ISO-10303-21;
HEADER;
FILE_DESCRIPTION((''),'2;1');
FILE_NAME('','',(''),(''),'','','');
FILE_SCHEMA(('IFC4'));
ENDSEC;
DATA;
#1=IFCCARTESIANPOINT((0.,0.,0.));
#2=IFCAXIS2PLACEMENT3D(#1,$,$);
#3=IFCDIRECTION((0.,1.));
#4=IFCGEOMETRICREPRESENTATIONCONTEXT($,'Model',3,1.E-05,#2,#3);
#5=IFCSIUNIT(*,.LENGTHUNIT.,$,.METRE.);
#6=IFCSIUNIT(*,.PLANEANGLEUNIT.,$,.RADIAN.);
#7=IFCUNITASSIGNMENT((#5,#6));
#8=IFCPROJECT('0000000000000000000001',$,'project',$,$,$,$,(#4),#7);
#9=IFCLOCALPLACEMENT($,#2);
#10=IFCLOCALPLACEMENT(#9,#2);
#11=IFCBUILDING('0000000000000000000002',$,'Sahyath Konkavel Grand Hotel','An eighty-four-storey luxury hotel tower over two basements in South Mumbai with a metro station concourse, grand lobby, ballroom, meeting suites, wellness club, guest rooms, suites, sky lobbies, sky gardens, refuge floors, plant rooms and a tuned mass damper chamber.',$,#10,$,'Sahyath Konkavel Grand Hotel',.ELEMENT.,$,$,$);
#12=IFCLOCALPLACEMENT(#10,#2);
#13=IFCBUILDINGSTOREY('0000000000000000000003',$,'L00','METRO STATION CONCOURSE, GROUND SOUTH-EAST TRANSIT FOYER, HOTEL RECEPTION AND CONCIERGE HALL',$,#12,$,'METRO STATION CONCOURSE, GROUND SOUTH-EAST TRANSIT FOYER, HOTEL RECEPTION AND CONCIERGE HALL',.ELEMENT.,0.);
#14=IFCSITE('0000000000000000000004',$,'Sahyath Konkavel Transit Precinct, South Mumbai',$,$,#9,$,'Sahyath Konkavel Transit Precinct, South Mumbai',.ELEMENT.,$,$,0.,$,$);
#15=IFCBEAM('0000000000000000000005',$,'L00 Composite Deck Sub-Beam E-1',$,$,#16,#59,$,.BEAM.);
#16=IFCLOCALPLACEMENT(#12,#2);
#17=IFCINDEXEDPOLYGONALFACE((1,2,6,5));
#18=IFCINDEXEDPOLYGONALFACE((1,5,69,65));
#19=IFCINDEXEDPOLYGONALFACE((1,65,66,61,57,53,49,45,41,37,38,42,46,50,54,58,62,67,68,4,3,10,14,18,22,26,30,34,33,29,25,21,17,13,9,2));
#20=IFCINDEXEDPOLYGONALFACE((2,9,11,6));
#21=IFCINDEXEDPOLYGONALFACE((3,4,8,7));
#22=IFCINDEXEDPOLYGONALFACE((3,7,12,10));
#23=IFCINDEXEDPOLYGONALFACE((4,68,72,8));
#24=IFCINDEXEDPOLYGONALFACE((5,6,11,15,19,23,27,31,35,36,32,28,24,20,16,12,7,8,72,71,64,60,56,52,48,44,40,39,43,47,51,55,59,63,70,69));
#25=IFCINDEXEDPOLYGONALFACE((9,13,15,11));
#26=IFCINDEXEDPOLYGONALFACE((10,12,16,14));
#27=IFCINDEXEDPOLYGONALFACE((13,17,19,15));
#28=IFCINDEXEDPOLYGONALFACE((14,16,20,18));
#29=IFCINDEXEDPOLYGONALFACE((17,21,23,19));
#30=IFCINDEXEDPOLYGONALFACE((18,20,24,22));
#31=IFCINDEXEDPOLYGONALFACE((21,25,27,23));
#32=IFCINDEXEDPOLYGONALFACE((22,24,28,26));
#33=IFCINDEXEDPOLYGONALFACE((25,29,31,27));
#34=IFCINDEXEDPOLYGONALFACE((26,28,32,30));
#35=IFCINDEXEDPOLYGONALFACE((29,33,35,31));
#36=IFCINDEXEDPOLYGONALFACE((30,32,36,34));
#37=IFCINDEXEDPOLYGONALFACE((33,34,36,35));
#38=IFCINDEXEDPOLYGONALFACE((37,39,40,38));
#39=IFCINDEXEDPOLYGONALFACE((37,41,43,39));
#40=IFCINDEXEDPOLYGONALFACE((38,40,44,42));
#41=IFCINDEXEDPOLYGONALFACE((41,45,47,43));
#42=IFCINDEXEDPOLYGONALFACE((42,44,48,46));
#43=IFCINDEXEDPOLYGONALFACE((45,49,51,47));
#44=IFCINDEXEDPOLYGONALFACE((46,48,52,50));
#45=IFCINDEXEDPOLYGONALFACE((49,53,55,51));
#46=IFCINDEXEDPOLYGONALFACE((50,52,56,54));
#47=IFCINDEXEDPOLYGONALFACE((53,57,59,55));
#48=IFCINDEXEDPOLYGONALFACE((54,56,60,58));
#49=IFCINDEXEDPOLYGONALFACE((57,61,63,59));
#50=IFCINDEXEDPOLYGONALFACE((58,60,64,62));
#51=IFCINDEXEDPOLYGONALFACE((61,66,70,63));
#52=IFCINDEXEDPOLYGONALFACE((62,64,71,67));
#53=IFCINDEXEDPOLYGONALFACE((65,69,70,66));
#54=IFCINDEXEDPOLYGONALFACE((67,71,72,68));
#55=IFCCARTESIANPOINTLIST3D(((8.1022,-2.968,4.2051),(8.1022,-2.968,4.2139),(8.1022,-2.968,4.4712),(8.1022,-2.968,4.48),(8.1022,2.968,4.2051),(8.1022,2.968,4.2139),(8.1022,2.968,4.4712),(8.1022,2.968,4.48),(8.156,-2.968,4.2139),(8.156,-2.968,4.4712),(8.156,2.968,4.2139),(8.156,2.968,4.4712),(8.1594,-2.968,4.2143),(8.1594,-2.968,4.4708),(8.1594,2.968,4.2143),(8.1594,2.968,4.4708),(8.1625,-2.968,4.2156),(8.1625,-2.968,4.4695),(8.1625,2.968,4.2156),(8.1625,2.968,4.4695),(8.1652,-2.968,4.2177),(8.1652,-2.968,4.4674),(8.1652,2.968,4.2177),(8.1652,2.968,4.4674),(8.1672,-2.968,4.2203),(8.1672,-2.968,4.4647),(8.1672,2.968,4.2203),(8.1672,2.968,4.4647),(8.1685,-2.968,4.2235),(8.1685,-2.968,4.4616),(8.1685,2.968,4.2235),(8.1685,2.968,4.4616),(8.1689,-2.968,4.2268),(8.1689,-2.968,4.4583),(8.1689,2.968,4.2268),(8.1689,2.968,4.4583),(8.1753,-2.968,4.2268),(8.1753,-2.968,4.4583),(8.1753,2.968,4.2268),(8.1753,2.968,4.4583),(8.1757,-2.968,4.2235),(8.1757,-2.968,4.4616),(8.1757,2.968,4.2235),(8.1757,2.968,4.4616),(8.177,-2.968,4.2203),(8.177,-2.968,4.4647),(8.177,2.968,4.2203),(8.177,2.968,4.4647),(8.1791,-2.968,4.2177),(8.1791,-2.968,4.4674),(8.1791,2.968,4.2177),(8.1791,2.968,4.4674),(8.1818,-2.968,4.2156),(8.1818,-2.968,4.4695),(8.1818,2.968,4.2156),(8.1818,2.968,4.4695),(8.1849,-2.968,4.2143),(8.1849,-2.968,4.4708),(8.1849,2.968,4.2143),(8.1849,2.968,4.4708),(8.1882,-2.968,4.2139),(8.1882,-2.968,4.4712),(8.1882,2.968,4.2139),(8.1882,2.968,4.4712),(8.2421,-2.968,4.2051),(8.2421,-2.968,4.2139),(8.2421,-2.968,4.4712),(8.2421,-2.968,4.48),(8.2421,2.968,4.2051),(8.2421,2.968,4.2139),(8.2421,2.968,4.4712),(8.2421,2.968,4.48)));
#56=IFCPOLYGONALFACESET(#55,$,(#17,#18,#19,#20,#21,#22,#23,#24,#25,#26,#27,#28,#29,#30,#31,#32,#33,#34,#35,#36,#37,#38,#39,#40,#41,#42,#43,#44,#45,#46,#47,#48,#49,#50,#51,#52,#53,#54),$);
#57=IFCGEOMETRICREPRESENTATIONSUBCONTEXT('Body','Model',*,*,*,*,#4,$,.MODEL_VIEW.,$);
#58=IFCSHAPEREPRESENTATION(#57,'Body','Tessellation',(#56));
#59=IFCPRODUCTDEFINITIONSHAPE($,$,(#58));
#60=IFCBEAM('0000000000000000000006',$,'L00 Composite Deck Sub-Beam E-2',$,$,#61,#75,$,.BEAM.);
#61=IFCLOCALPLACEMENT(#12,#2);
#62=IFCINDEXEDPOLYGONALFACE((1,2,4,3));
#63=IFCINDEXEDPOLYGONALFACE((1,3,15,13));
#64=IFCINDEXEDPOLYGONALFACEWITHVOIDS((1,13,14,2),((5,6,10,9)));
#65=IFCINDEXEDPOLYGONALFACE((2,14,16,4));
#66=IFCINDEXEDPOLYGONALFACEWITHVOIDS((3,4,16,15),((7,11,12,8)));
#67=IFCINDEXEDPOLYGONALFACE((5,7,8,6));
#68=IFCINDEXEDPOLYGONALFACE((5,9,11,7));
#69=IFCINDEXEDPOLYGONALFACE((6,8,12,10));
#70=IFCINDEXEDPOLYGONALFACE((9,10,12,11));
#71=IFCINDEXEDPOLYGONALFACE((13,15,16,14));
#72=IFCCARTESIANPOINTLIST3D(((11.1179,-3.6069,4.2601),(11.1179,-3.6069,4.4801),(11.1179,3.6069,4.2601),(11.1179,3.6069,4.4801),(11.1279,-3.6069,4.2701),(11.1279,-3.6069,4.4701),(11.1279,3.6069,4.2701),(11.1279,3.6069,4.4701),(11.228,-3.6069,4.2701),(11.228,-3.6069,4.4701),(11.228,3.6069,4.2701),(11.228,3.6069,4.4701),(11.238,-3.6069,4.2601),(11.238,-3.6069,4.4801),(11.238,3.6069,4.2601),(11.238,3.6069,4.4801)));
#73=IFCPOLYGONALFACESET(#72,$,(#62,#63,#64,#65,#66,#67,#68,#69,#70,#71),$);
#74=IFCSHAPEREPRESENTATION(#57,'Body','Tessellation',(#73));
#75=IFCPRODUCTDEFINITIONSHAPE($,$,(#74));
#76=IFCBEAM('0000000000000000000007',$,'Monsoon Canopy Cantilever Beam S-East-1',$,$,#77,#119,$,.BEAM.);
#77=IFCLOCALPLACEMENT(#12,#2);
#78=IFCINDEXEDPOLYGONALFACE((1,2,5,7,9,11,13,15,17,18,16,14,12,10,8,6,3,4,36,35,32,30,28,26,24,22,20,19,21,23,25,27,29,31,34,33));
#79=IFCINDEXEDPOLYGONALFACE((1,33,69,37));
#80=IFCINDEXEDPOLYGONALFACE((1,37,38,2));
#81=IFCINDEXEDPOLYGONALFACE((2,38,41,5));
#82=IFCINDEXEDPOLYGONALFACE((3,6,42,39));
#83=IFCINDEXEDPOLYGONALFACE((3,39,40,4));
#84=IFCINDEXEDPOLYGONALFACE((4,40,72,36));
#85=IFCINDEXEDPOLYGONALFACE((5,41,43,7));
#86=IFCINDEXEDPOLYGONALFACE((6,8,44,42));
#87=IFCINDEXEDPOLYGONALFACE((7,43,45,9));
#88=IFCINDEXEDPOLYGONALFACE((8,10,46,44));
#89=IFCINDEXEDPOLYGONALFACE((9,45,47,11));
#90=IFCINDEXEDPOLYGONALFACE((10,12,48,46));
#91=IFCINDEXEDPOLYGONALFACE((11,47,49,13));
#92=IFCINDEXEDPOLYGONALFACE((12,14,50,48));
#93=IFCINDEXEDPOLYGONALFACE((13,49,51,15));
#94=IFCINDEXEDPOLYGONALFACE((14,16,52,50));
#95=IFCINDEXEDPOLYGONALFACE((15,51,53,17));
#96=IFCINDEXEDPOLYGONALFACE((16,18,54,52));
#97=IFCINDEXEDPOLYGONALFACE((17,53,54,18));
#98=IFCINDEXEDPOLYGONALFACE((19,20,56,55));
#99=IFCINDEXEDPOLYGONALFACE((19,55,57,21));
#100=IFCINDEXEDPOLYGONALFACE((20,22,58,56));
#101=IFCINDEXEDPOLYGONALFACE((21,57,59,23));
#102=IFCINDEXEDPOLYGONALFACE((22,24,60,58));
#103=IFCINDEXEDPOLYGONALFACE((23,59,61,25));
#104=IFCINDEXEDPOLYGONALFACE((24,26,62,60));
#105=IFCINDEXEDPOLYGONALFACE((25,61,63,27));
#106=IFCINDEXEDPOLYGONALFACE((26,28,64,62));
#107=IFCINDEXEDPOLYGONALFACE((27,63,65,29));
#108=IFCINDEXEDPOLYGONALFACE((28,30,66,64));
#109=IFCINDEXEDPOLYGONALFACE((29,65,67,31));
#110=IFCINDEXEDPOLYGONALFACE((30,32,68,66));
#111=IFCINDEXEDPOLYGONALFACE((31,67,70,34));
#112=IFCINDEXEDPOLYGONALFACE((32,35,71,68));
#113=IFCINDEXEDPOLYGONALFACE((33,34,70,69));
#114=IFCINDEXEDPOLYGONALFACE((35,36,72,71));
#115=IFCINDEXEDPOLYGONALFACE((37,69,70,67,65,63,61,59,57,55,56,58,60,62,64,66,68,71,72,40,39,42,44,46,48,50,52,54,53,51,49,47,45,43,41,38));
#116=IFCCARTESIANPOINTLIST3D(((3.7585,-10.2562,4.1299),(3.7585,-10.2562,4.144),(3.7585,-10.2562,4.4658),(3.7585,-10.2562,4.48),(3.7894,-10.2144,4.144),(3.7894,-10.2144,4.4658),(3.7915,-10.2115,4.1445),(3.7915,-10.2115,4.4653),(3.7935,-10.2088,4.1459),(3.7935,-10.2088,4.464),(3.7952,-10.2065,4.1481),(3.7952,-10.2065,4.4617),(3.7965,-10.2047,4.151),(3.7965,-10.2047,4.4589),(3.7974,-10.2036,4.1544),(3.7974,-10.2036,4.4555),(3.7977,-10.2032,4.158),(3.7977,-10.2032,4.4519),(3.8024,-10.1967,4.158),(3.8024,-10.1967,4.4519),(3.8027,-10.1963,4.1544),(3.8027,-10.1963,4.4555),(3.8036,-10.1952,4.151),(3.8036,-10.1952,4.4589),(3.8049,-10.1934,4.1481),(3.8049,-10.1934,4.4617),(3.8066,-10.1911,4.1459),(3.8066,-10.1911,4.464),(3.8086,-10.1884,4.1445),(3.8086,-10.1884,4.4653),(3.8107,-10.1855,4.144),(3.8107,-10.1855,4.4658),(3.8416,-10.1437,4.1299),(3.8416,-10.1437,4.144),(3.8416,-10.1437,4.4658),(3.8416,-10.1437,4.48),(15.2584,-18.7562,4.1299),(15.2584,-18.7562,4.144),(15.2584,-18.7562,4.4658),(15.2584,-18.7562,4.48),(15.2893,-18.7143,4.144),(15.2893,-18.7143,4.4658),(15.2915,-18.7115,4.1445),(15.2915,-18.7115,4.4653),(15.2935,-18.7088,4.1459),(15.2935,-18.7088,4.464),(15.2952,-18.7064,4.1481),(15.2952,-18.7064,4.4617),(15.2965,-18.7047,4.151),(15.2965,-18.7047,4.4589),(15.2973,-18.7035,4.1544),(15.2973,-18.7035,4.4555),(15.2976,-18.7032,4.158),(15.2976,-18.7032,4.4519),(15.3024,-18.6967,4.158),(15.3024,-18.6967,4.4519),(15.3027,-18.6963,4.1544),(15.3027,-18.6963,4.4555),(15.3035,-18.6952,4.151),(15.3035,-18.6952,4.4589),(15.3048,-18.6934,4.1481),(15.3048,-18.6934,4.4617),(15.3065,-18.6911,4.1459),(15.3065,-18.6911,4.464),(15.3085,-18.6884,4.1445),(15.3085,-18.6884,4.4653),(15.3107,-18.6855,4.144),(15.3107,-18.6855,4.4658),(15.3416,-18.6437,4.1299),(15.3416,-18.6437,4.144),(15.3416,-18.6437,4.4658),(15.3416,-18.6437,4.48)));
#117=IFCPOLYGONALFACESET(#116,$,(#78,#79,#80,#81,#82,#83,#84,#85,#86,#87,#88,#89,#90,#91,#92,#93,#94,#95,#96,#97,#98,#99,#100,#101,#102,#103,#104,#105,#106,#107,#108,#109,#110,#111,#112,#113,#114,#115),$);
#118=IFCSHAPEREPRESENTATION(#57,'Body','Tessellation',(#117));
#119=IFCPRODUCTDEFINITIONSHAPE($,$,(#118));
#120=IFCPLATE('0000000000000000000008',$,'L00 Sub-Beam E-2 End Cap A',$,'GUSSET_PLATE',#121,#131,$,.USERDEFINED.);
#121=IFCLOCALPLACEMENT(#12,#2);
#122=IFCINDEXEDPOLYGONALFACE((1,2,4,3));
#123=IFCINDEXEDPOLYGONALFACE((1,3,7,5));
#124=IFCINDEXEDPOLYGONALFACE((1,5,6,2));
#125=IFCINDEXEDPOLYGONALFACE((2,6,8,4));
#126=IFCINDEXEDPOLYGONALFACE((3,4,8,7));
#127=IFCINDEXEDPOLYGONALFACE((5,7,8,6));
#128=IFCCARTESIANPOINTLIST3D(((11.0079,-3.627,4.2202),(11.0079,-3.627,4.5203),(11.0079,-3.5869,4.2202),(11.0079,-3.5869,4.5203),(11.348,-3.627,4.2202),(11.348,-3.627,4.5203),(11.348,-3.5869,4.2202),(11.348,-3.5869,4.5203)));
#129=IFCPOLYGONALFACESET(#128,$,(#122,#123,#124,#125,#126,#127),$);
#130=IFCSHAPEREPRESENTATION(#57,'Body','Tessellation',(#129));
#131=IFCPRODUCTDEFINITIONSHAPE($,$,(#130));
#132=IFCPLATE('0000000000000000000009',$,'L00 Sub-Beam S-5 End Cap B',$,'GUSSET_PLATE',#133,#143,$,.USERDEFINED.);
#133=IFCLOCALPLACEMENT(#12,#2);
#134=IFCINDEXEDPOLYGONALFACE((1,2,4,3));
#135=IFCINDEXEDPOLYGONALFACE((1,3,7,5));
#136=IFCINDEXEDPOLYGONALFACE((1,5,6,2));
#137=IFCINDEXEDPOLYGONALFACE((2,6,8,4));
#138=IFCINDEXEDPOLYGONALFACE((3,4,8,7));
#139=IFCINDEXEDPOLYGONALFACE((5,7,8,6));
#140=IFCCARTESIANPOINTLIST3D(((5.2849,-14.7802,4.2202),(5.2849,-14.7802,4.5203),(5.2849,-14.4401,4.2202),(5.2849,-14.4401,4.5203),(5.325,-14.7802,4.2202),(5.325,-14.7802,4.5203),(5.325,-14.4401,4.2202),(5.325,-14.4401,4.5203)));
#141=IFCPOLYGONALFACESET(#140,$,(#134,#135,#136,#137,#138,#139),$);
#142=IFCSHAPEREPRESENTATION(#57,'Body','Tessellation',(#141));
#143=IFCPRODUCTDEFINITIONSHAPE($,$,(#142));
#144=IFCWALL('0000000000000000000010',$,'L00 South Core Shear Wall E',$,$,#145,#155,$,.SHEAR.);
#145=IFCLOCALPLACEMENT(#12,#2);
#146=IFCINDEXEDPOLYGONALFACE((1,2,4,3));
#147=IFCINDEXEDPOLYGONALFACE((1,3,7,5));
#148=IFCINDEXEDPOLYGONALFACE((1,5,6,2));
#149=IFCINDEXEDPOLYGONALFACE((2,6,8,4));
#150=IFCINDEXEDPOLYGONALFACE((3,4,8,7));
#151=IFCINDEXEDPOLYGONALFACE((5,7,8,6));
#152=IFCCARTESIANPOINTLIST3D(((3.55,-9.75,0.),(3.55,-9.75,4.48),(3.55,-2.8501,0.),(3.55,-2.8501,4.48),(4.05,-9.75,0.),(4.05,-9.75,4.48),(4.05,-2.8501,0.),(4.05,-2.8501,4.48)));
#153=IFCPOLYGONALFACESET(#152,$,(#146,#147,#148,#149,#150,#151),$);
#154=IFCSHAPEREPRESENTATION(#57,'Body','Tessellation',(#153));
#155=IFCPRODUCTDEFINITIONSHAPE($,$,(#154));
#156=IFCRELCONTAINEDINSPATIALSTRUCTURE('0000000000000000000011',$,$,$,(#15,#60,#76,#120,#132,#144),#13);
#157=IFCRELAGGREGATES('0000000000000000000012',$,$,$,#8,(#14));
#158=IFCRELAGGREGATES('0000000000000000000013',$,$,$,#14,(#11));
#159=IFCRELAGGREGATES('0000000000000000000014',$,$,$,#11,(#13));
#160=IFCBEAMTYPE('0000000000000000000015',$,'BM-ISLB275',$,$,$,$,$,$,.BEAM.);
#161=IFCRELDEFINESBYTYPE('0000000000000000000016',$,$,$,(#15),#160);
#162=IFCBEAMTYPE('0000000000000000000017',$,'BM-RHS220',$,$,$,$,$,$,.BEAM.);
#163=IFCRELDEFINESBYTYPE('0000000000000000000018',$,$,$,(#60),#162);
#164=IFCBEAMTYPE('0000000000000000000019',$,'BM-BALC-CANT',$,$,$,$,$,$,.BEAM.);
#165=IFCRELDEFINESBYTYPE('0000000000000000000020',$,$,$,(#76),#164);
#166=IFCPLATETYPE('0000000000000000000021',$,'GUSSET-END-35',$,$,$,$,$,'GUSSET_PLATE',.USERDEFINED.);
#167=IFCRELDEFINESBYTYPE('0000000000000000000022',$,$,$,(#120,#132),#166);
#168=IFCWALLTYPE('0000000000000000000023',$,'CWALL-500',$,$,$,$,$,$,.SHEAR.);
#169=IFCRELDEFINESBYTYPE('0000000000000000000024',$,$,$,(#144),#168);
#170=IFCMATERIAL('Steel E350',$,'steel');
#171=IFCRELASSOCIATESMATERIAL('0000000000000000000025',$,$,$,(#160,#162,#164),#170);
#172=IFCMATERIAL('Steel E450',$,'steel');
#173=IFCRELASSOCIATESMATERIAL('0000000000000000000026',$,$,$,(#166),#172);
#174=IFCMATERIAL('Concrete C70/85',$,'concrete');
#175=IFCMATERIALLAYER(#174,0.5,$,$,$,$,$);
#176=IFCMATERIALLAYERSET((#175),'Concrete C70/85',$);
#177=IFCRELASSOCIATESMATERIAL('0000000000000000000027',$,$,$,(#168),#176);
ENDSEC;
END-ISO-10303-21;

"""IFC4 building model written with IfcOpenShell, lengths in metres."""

from ifc_helpers import new_model, si_unit, direction, frame, frame_2d, origin, origin_2d, place, context, subcontext, project, spatial, rectangle, hollow_rectangle, i_section, extrude, source, transform, mapped, material, layer, layer_set, material_profile, profile_set, type_object, element, save


model = new_model("IFC4")

# Units and contexts
model_context = context("Model", 3, precision=1e-05, world=origin(), true_north=direction((0.0, 1.0)))
body_context = subcontext(model_context, "Body", "Model", "MODEL_VIEW")
ifc_project = project(units=[si_unit("LENGTHUNIT", "METRE"), si_unit("PLANEANGLEUNIT", "RADIAN")], contexts=[model_context])

# Site, building, storey
site_placement = place(None, origin())
site = spatial("IfcSite", under=ifc_project, at=site_placement, Name="Sahyath Konkavel Transit Precinct, South Mumbai", LongName="Sahyath Konkavel Transit Precinct, South Mumbai", CompositionType="ELEMENT", RefElevation=0.0)
building_placement = place(site_placement, origin())
building = spatial("IfcBuilding", under=site, at=building_placement, Name="Sahyath Konkavel Grand Hotel", Description="An eighty-four-storey luxury hotel tower over two basements in South Mumbai with a metro station concourse, grand lobby, ballroom, meeting suites, wellness club, guest rooms, suites, sky lobbies, sky gardens, refuge floors, plant rooms and a tuned mass damper chamber.", LongName="Sahyath Konkavel Grand Hotel", CompositionType="ELEMENT")
storey_placement = place(building_placement, origin())
storey = spatial("IfcBuildingStorey", under=building, at=storey_placement, Name="L00", Description="METRO STATION CONCOURSE, GROUND SOUTH-EAST TRANSIT FOYER, HOTEL RECEPTION AND CONCIERGE HALL", LongName="METRO STATION CONCOURSE, GROUND SOUTH-EAST TRANSIT FOYER, HOTEL RECEPTION AND CONCIERGE HALL", CompositionType="ELEMENT", Elevation=0.0)

# Shared definitions
ifc_material_1 = material(Name="Concrete C70/85", Category="concrete")

# Beams
ifc_material_2 = material(Name="Steel E350", Category="steel")
ifc_material_profile_1 = material_profile(ifc_material_2, i_section(OverallWidth=0.1399, OverallDepth=0.2749, WebThickness=0.0063, FlangeThickness=0.0088, FilletRadius=0.0129, at=origin_2d()), Name="ISLB 275")
ifc_profile_set_1 = profile_set([ifc_material_profile_1], Name="Steel E350")
beam_type_1 = type_object("IfcBeamType", Name="BM-ISLB275", PredefinedType="BEAM", material=ifc_profile_set_1)
shared_shape_1 = source(origin(), body_context, "Body", "SweptSolid", [
    extrude(i_section(OverallWidth=0.1399, OverallDepth=0.2749, WebThickness=0.0063, FlangeThickness=0.0088, FilletRadius=0.0129, at=origin_2d()), origin(), (0.0, 0.0, 1.0), 5.936),
])
beam_1_placement = place(storey_placement, frame((8.1721, -2.968, 4.3425), z_axis=(0.0, 1.0, 0.0), x_axis=(-1.0, 0.0, 0.0)))
element("IfcBeam", 1, at=beam_1_placement, inside=storey, type_object=beam_type_1, Name="L00 Composite Deck Sub-Beam E-1", PredefinedType="BEAM", context=body_context, shape_type="MappedRepresentation", body=[
    mapped(shared_shape_1, transform((0.0, 0.0, 0.0), scale=1.0)),
])
ifc_material_profile_2 = material_profile(ifc_material_2, hollow_rectangle(XDim=0.1201, YDim=0.22, WallThickness=0.01, at=origin_2d()), Name="RHS 220x120x10")
ifc_profile_set_2 = profile_set([ifc_material_profile_2], Name="Steel E350")
beam_type_2 = type_object("IfcBeamType", Name="BM-RHS220", PredefinedType="BEAM", material=ifc_profile_set_2)
shared_shape_2 = source(origin(), body_context, "Body", "SweptSolid", [
    extrude(hollow_rectangle(XDim=0.1201, YDim=0.22, WallThickness=0.01, at=origin_2d()), origin(), (0.0, 0.0, 1.0), 7.2139),
])
beam_2_placement = place(storey_placement, frame((11.178, -3.6069, 4.3701), z_axis=(0.0, 1.0, 0.0), x_axis=(-1.0, 0.0, 0.0)))
element("IfcBeam", 2, at=beam_2_placement, inside=storey, type_object=beam_type_2, Name="L00 Composite Deck Sub-Beam E-2", PredefinedType="BEAM", context=body_context, shape_type="MappedRepresentation", body=[
    mapped(shared_shape_2, transform((0.0, 0.0, 0.0), scale=1.0)),
])
ifc_material_profile_3 = material_profile(ifc_material_2, i_section(OverallWidth=0.1399, OverallDepth=0.3501, WebThickness=0.0081, FlangeThickness=0.0142, FilletRadius=0.0139, at=origin_2d()), Name="ISMB 350")
ifc_profile_set_3 = profile_set([ifc_material_profile_3], Name="Steel E350")
beam_type_3 = type_object("IfcBeamType", Name="BM-BALC-CANT", PredefinedType="BEAM", material=ifc_profile_set_3)
shared_shape_3 = source(origin(), body_context, "Body", "SweptSolid", [
    extrude(i_section(OverallWidth=0.1399, OverallDepth=0.3501, WebThickness=0.0081, FlangeThickness=0.0142, FilletRadius=0.0139, at=origin_2d()), origin(), (0.0, 0.0, 1.0), 14.3003),
])
beam_3_placement = place(storey_placement, frame((3.8, -10.2, 4.3049), z_axis=(0.804176, -0.594391, 0.0), x_axis=(0.594391, 0.804176, 0.0)))
element("IfcBeam", 3, at=beam_3_placement, inside=storey, type_object=beam_type_3, Name="Monsoon Canopy Cantilever Beam S-East-1", PredefinedType="BEAM", context=body_context, shape_type="MappedRepresentation", body=[
    mapped(shared_shape_3, transform((0.0, 0.0, 0.0), scale=1.0)),
])

# Plates
ifc_material_3 = material(Name="Steel E450", Category="steel")
plate_type = type_object("IfcPlateType", Name="GUSSET-END-35", ElementType="GUSSET_PLATE", PredefinedType="USERDEFINED", material=ifc_material_3)
shared_shape_4 = source(origin(), body_context, "Body", "SweptSolid", [
    extrude(rectangle(XDim=0.04, YDim=0.3401, at=origin_2d()), origin(), (0.0, 0.0, 1.0), 0.3),
])
for number, where, z_axis, x_axis, name in (
    (4, (11.178, -3.6069, 4.2202), (0.0, 0.0, 1.0), (0.0, 1.0, 0.0), "L00 Sub-Beam E-2 End Cap A"),
    (5, (5.3049, -14.6101, 4.2202), (0.0, 0.0, 1.0), (1.0, 0.0, 0.0), "L00 Sub-Beam S-5 End Cap B"),
):
    element("IfcPlate", number, at=place(storey_placement, frame(where, z_axis=z_axis, x_axis=x_axis)), inside=storey, type_object=plate_type, Name=name, ObjectType="GUSSET_PLATE", PredefinedType="USERDEFINED", context=body_context, shape_type="MappedRepresentation", body=[
        mapped(shared_shape_4, transform((0.0, 0.0, 0.0), scale=1.0)),
    ])

# Wall
ifc_layer_1 = layer(ifc_material_1, 0.5)
ifc_layer_set_1 = layer_set([ifc_layer_1], Name="Concrete C70/85")
wall_type_1 = type_object("IfcWallType", Name="CWALL-500", PredefinedType="SHEAR", material=ifc_layer_set_1)
wall_1_placement = place(storey_placement, frame((3.8, -9.75, 0.0), z_axis=(0.0, 0.0, 1.0), x_axis=(0.0, 1.0, 0.0)))
element("IfcWall", 6, at=wall_1_placement, inside=storey, type_object=wall_type_1, Name="L00 South Core Shear Wall E", PredefinedType="SHEAR", context=body_context, shape_type="SweptSolid", body=[
    extrude(rectangle(XDim=6.8999, YDim=0.5, at=frame_2d((3.45, 0.0))), origin(), (0.0, 0.0, 1.0), 4.48),
])

save(model, "model.ifc")
